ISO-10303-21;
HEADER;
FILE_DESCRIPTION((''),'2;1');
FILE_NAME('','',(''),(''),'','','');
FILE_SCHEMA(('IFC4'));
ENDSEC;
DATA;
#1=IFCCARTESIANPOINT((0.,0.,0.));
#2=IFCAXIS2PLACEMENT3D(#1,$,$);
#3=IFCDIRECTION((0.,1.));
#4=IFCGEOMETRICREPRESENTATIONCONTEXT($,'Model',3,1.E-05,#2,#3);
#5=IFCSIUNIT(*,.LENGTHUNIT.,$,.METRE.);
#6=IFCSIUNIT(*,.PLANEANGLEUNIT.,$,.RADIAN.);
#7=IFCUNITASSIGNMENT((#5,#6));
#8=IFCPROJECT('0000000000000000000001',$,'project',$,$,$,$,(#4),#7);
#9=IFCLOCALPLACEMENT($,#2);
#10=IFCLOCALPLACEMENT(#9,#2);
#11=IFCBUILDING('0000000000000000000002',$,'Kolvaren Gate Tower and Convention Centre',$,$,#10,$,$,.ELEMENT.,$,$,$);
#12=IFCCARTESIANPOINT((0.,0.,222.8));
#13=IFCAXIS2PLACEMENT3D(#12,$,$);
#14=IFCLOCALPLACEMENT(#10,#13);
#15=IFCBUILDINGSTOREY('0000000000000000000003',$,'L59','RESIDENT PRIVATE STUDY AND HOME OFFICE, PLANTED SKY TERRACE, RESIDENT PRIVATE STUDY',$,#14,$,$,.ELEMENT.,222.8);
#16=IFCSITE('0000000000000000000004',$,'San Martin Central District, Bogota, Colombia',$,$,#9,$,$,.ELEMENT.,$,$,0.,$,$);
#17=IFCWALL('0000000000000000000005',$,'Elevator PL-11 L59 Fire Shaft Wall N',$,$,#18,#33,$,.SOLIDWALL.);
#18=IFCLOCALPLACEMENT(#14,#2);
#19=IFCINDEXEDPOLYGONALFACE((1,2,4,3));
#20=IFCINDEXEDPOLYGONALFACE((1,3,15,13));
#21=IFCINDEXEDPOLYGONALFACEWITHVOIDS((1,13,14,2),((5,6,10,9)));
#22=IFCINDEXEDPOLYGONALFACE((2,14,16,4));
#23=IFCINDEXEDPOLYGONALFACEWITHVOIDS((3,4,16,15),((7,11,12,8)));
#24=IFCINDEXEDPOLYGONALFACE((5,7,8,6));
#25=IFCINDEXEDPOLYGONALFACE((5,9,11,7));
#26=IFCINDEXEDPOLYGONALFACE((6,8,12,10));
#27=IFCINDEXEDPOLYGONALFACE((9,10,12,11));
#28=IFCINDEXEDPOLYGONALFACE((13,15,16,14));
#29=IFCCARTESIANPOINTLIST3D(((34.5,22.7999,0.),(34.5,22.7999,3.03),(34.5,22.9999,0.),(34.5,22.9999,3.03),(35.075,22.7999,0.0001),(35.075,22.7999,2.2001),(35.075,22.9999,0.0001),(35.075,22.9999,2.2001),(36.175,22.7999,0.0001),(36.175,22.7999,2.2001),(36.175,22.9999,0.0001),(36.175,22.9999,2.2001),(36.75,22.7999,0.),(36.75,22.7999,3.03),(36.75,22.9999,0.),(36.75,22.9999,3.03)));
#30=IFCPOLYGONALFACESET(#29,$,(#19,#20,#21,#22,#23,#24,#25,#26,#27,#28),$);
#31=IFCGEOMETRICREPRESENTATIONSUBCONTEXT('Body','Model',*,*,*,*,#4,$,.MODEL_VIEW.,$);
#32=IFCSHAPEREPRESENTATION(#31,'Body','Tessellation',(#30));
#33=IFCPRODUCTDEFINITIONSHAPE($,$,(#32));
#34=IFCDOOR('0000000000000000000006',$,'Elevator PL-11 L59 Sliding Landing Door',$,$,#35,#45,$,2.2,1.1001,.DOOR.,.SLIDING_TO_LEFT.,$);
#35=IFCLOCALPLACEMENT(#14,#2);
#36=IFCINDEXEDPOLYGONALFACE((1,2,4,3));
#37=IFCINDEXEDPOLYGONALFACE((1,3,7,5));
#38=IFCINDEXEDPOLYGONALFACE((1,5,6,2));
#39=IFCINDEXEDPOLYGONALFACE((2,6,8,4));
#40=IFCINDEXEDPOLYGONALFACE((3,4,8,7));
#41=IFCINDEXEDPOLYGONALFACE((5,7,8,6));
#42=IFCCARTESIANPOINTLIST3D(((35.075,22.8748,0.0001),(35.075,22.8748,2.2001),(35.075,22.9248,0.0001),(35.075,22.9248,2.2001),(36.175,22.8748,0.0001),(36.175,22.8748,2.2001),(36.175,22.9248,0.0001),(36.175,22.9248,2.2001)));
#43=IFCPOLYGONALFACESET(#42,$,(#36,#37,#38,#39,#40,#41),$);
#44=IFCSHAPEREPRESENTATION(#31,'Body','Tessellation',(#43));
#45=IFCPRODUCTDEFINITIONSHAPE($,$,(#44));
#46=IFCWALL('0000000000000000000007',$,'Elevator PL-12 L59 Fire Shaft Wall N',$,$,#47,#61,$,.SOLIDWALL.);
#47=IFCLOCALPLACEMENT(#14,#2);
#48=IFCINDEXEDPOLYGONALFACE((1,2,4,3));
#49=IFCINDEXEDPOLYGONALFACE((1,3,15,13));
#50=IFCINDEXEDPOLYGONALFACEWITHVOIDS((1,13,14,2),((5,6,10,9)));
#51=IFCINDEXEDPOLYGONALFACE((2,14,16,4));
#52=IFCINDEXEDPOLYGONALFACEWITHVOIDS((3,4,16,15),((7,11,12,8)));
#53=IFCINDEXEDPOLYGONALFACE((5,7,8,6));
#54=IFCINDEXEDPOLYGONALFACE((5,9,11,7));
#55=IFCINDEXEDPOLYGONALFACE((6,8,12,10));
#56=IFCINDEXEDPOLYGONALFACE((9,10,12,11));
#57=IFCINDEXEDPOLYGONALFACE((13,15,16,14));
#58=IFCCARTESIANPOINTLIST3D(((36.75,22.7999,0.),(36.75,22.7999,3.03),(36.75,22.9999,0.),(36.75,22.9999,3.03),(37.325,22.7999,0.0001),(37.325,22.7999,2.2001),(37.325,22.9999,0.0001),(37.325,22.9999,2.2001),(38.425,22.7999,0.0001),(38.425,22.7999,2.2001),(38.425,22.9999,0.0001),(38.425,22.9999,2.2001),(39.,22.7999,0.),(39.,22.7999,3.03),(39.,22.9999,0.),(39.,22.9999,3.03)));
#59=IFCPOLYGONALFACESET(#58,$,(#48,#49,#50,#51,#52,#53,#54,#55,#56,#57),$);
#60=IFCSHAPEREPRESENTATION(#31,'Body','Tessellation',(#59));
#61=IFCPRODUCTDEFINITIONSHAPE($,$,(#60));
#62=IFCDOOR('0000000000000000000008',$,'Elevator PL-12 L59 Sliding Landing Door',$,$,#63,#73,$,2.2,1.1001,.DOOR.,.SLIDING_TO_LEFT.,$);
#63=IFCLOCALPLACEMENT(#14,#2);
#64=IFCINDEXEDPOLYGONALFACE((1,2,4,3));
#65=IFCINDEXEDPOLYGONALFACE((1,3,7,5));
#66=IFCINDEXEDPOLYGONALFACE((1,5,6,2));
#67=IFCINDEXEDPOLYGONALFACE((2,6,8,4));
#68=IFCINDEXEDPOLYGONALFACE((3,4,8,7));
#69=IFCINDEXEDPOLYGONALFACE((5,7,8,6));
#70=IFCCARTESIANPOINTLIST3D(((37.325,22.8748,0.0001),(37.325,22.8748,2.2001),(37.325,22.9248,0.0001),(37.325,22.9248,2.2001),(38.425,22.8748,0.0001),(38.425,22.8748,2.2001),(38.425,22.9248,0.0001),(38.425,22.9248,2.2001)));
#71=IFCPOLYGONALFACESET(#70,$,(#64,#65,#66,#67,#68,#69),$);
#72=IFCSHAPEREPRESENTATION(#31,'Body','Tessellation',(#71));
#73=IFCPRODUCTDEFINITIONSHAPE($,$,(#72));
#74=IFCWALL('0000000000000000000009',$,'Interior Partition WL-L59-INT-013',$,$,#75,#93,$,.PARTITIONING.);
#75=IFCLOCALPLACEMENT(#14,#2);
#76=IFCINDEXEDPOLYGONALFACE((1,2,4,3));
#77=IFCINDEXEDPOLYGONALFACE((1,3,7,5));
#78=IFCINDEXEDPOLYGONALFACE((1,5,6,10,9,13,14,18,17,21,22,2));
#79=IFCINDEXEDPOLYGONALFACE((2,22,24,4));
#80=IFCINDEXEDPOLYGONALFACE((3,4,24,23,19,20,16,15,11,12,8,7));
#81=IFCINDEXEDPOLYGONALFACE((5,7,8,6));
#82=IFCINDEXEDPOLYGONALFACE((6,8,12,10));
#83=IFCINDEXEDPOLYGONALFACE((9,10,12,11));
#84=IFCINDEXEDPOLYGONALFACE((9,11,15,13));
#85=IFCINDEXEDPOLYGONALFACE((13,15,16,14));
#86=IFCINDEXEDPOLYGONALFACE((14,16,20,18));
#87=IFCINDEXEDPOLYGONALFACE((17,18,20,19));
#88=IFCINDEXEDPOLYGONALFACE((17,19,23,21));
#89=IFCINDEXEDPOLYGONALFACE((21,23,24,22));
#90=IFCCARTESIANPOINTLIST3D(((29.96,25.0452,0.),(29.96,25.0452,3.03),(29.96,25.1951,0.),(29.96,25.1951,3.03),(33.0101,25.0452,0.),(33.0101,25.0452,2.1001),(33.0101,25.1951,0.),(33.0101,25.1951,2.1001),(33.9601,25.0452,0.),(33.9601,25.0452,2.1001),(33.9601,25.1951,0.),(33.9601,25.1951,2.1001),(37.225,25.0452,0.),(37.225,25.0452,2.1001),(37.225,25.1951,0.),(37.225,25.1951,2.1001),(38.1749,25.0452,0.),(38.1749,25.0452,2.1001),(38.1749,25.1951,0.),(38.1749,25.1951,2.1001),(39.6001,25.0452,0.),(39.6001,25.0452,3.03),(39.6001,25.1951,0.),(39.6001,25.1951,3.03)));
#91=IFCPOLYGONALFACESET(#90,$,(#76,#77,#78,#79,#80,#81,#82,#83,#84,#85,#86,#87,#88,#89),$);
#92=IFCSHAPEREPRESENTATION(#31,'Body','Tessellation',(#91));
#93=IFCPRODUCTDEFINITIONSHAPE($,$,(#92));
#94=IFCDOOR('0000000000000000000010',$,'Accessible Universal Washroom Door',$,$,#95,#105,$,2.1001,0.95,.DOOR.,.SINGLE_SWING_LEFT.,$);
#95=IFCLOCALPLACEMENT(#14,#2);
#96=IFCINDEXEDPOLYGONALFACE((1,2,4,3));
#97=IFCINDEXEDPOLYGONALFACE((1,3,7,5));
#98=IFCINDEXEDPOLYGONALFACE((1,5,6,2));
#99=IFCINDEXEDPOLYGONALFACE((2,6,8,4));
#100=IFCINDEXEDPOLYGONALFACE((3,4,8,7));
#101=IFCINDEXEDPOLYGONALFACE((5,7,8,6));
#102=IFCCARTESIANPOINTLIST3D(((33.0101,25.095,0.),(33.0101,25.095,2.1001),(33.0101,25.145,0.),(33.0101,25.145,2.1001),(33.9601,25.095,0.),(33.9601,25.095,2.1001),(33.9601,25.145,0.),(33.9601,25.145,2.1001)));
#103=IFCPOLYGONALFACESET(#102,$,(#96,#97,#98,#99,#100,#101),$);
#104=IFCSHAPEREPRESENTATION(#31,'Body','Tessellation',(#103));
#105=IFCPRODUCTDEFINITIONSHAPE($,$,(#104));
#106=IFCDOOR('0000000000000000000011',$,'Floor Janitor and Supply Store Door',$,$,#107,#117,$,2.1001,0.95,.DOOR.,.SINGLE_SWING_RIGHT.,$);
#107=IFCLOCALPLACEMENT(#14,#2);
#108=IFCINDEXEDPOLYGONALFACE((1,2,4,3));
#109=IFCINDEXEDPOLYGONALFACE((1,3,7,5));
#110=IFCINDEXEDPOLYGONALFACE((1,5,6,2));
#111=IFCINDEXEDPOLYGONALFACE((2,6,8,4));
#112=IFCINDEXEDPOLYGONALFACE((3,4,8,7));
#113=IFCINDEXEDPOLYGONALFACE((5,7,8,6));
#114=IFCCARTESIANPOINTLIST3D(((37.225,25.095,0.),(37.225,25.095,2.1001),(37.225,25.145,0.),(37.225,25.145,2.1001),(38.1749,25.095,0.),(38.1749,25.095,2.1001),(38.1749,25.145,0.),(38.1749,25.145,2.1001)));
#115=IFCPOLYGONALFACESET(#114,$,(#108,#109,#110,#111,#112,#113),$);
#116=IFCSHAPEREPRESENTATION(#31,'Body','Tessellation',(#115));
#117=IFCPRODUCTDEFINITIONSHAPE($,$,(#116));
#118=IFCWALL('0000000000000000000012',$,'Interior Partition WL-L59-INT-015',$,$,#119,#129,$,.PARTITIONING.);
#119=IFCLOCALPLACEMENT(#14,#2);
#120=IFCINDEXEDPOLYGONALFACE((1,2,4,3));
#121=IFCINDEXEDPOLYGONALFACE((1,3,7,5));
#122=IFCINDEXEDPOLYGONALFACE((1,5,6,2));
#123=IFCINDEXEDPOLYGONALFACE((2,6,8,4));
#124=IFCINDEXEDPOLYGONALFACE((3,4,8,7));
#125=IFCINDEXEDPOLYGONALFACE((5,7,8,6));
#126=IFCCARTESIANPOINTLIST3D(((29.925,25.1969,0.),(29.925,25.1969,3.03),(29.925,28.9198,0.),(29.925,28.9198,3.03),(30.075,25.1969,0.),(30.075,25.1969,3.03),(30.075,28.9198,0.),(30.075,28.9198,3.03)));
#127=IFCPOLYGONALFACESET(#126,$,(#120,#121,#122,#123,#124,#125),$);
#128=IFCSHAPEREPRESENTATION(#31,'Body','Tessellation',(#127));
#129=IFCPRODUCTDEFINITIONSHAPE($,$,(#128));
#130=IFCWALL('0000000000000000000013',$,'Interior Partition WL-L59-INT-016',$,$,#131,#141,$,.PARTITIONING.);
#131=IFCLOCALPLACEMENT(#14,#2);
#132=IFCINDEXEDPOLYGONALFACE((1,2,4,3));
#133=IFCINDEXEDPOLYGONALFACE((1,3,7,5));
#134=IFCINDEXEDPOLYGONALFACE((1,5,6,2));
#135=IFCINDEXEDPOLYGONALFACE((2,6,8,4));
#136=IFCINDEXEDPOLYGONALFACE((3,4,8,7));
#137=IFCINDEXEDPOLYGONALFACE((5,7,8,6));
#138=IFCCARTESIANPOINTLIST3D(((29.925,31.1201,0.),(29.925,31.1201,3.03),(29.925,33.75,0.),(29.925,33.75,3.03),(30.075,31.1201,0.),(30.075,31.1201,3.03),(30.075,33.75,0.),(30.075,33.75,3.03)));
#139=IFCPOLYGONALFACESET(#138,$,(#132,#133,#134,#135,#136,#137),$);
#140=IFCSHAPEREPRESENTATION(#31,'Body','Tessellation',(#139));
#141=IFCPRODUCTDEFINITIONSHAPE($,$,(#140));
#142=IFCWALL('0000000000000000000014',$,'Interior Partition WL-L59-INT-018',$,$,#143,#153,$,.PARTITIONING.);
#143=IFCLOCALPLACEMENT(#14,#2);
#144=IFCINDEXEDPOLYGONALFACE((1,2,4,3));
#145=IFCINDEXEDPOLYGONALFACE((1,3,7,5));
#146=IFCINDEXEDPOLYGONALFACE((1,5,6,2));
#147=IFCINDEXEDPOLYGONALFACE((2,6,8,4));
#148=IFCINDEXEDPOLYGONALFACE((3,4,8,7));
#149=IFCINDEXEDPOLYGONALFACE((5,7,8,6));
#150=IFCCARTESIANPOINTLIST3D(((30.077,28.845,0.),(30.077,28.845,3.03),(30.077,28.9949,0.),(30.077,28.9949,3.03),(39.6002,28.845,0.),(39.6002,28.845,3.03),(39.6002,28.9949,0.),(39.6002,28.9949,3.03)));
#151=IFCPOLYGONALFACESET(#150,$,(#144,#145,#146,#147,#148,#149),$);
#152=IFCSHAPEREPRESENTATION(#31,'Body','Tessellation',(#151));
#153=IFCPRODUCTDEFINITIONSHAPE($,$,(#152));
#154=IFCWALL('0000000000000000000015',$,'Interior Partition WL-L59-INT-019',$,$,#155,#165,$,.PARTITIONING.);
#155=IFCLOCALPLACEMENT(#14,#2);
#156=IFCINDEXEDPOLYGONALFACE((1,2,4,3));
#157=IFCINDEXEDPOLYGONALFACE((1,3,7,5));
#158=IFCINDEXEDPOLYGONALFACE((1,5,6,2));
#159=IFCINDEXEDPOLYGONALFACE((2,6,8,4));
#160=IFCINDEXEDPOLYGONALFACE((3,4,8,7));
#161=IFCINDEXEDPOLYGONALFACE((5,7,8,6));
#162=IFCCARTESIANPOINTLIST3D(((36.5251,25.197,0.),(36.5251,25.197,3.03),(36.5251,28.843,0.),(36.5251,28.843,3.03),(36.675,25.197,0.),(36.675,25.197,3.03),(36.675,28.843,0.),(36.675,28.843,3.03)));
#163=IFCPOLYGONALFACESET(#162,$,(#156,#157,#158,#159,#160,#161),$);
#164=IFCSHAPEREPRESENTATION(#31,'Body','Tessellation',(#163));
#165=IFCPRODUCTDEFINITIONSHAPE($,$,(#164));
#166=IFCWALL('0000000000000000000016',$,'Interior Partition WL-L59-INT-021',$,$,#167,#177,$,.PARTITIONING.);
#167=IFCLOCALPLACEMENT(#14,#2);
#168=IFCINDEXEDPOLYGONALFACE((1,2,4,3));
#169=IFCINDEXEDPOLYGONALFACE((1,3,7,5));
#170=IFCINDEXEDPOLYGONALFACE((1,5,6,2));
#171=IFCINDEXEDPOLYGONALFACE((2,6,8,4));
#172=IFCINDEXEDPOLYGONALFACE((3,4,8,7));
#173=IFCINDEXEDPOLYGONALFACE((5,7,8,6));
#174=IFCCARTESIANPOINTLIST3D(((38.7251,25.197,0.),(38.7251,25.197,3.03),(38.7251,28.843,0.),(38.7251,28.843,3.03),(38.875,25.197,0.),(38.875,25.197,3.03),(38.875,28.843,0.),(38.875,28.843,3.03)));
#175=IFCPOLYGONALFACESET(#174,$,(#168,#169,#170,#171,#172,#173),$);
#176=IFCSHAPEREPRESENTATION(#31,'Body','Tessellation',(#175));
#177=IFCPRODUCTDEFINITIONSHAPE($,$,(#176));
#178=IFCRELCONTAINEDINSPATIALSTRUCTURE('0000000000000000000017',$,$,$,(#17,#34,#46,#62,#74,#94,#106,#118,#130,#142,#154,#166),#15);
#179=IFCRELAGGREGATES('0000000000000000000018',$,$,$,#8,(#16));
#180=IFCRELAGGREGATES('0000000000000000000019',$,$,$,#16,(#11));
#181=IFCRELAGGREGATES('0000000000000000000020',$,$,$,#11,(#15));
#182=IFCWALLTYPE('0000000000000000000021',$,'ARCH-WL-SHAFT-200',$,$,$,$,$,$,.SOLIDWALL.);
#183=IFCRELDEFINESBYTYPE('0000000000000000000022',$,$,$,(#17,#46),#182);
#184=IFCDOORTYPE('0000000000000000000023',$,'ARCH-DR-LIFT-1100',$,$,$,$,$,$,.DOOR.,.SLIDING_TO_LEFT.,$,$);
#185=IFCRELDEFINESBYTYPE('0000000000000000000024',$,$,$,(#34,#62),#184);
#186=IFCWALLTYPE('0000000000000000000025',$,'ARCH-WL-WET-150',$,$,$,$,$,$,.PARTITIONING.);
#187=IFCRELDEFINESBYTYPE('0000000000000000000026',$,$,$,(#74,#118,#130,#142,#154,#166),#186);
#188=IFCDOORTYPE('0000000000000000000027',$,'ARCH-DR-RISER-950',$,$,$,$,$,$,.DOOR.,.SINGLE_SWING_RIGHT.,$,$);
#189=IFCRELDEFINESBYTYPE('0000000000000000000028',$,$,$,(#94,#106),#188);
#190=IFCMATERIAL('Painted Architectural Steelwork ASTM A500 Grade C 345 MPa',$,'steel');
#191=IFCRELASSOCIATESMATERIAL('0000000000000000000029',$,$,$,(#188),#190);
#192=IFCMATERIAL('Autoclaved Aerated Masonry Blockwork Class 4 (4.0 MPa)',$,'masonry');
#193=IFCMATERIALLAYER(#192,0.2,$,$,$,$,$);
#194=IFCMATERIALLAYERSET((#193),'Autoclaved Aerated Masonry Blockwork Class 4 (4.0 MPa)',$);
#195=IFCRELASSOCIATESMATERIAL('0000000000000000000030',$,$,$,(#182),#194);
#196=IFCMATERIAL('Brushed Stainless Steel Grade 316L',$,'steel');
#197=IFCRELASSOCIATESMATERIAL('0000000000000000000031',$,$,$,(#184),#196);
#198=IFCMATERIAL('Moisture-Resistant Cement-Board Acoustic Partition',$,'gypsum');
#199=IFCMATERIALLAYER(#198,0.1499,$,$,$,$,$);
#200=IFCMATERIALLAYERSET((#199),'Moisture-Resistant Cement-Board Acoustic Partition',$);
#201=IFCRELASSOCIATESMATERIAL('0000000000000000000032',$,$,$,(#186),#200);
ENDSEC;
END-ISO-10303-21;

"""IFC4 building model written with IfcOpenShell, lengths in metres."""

from ifc_helpers import new_model, si_unit, direction, frame, frame_2d, origin, place, context, subcontext, project, spatial, rectangle, extrude, material, layer, layer_set, type_object, element, fill, save


model = new_model("IFC4")

# Units and contexts
model_context = context("Model", 3, precision=1e-05, world=origin(), true_north=direction((0.0, 1.0)))
body_context = subcontext(model_context, "Body", "Model", "MODEL_VIEW")
ifc_project = project(units=[si_unit("LENGTHUNIT", "METRE"), si_unit("PLANEANGLEUNIT", "RADIAN")], contexts=[model_context])

# Site, building, storey
site_placement = place(None, origin())
site = spatial("IfcSite", under=ifc_project, at=site_placement, Name="San Martin Central District, Bogota, Colombia", CompositionType="ELEMENT", RefElevation=0.0)
building_placement = place(site_placement, origin())
building = spatial("IfcBuilding", under=site, at=building_placement, Name="Kolvaren Gate Tower and Convention Centre", CompositionType="ELEMENT")
storey_placement = place(building_placement, frame((0.0, 0.0, 222.8)))
storey = spatial("IfcBuildingStorey", under=building, at=storey_placement, Name="L59", Description="RESIDENT PRIVATE STUDY AND HOME OFFICE, PLANTED SKY TERRACE, RESIDENT PRIVATE STUDY", CompositionType="ELEMENT", Elevation=222.8)

# Shared definitions
ifc_material_1 = material(Name="Autoclaved Aerated Masonry Blockwork Class 4 (4.0 MPa)", Category="masonry")

# Shared definitions
ifc_material_2 = material(Name="Painted Architectural Steelwork ASTM A500 Grade C 345 MPa", Category="steel")
door_type_1 = type_object("IfcDoorType", Name="ARCH-DR-RISER-950", OperationType="SINGLE_SWING_RIGHT", PredefinedType="DOOR", material=ifc_material_2)

# Walls, openings, doors
ifc_layer_1 = layer(ifc_material_1, 0.2)
ifc_layer_set_1 = layer_set([ifc_layer_1], Name="Autoclaved Aerated Masonry Blockwork Class 4 (4.0 MPa)")
wall_type_1 = type_object("IfcWallType", Name="ARCH-WL-SHAFT-200", PredefinedType="SOLIDWALL", material=ifc_layer_set_1)
ifc_material_3 = material(Name="Brushed Stainless Steel Grade 316L", Category="steel")
door_type_2 = type_object("IfcDoorType", Name="ARCH-DR-LIFT-1100", OperationType="SLIDING_TO_LEFT", PredefinedType="DOOR", material=ifc_material_3)
wall_1_placement = place(storey_placement, frame((34.5, 22.8999, 0.0), z_axis=(0.0, 0.0, 1.0), x_axis=(1.0, 0.0, 0.0)))
wall_1 = element("IfcWall", 1, at=wall_1_placement, inside=storey, type_object=wall_type_1, Name="Elevator PL-11 L59 Fire Shaft Wall N", PredefinedType="SOLIDWALL", context=body_context, shape_type="SweptSolid", body=[
    extrude(rectangle(XDim=2.25, YDim=0.2, at=frame_2d((1.125, 0.0))), origin(), (0.0, 0.0, 1.0), 3.03),
])
opening_1_placement = place(wall_1_placement, frame((0.575, 0.0, 0.0)))
opening_1 = element("IfcOpeningElement", 2, at=opening_1_placement, cuts=wall_1, PredefinedType="OPENING", context=body_context, shape_type="SweptSolid", body=[
    extrude(rectangle(XDim=1.1001, YDim=2.2, at=frame_2d((0.55, 1.1001))), frame((0.0, 0.1099, 0.0), z_axis=(0.0, -1.0, 0.0), x_axis=(1.0, 0.0, 0.0)), (0.0, 0.0, 1.0), 0.22),
])
door_1_placement = place(opening_1_placement, origin())
door_1 = element("IfcDoor", 3, at=door_1_placement, inside=storey, type_object=door_type_2, Name="Elevator PL-11 L59 Sliding Landing Door", OperationType="SLIDING_TO_LEFT", OverallHeight=2.2, OverallWidth=1.1001, PredefinedType="DOOR", context=body_context, shape_type="SweptSolid", body=[
    extrude(rectangle(XDim=1.1001, YDim=2.2, at=frame_2d((0.55, 1.1001))), frame((0.0, 0.0249, 0.0), z_axis=(0.0, -1.0, 0.0), x_axis=(1.0, 0.0, 0.0)), (0.0, 0.0, 1.0), 0.05),
])
fill(opening_1, door_1)
wall_2_placement = place(storey_placement, frame((36.75, 22.8999, 0.0), z_axis=(0.0, 0.0, 1.0), x_axis=(1.0, 0.0, 0.0)))
wall_2 = element("IfcWall", 4, at=wall_2_placement, inside=storey, type_object=wall_type_1, Name="Elevator PL-12 L59 Fire Shaft Wall N", PredefinedType="SOLIDWALL", context=body_context, shape_type="SweptSolid", body=[
    extrude(rectangle(XDim=2.25, YDim=0.2, at=frame_2d((1.125, 0.0))), origin(), (0.0, 0.0, 1.0), 3.03),
])
opening_2_placement = place(wall_2_placement, frame((0.575, 0.0, 0.0)))
opening_2 = element("IfcOpeningElement", 5, at=opening_2_placement, cuts=wall_2, PredefinedType="OPENING", context=body_context, shape_type="SweptSolid", body=[
    extrude(rectangle(XDim=1.1001, YDim=2.2, at=frame_2d((0.55, 1.1001))), frame((0.0, 0.1099, 0.0), z_axis=(0.0, -1.0, 0.0), x_axis=(1.0, 0.0, 0.0)), (0.0, 0.0, 1.0), 0.22),
])
door_2_placement = place(opening_2_placement, origin())
door_2 = element("IfcDoor", 6, at=door_2_placement, inside=storey, type_object=door_type_2, Name="Elevator PL-12 L59 Sliding Landing Door", OperationType="SLIDING_TO_LEFT", OverallHeight=2.2, OverallWidth=1.1001, PredefinedType="DOOR", context=body_context, shape_type="SweptSolid", body=[
    extrude(rectangle(XDim=1.1001, YDim=2.2, at=frame_2d((0.55, 1.1001))), frame((0.0, 0.0249, 0.0), z_axis=(0.0, -1.0, 0.0), x_axis=(1.0, 0.0, 0.0)), (0.0, 0.0, 1.0), 0.05),
])
fill(opening_2, door_2)

# Wall, openings, doors
ifc_material_4 = material(Name="Moisture-Resistant Cement-Board Acoustic Partition", Category="gypsum")
ifc_layer_2 = layer(ifc_material_4, 0.1499)
ifc_layer_set_2 = layer_set([ifc_layer_2], Name="Moisture-Resistant Cement-Board Acoustic Partition")
wall_type_2 = type_object("IfcWallType", Name="ARCH-WL-WET-150", PredefinedType="PARTITIONING", material=ifc_layer_set_2)
wall_3_placement = place(storey_placement, frame((29.96, 25.1201, 0.0), z_axis=(0.0, 0.0, 1.0), x_axis=(1.0, 0.0, 0.0)))
wall_3 = element("IfcWall", 7, at=wall_3_placement, inside=storey, type_object=wall_type_2, Name="Interior Partition WL-L59-INT-013", PredefinedType="PARTITIONING", context=body_context, shape_type="SweptSolid", body=[
    extrude(rectangle(XDim=9.6401, YDim=0.1499, at=frame_2d((4.8201, 0.0))), origin(), (0.0, 0.0, 1.0), 3.03),
])
opening_3_placement = place(wall_3_placement, frame((3.05, 0.0, 0.0)))
opening_3 = element("IfcOpeningElement", 8, at=opening_3_placement, cuts=wall_3, PredefinedType="OPENING", context=body_context, shape_type="SweptSolid", body=[
    extrude(rectangle(XDim=0.95, YDim=2.1001, at=frame_2d((0.4751, 1.05))), frame((0.0, 0.085, 0.0), z_axis=(0.0, -1.0, 0.0), x_axis=(1.0, 0.0, 0.0)), (0.0, 0.0, 1.0), 0.1699),
])
opening_4_placement = place(wall_3_placement, frame((7.2649, 0.0, 0.0)))
opening_4 = element("IfcOpeningElement", 9, at=opening_4_placement, cuts=wall_3, PredefinedType="OPENING", context=body_context, shape_type="SweptSolid", body=[
    extrude(rectangle(XDim=0.95, YDim=2.1001, at=frame_2d((0.4751, 1.05))), frame((0.0, 0.085, 0.0), z_axis=(0.0, -1.0, 0.0), x_axis=(1.0, 0.0, 0.0)), (0.0, 0.0, 1.0), 0.1699),
])
door_3_placement = place(opening_3_placement, origin())
door_3 = element("IfcDoor", 10, at=door_3_placement, inside=storey, type_object=door_type_1, Name="Accessible Universal Washroom Door", OperationType="SINGLE_SWING_LEFT", OverallHeight=2.1001, OverallWidth=0.95, PredefinedType="DOOR", context=body_context, shape_type="SweptSolid", body=[
    extrude(rectangle(XDim=0.95, YDim=2.1001, at=frame_2d((0.4751, 1.05))), frame((0.0, 0.0249, 0.0), z_axis=(0.0, -1.0, 0.0), x_axis=(1.0, 0.0, 0.0)), (0.0, 0.0, 1.0), 0.05),
])
fill(opening_3, door_3)
door_4_placement = place(opening_4_placement, origin())
door_4 = element("IfcDoor", 11, at=door_4_placement, inside=storey, type_object=door_type_1, Name="Floor Janitor and Supply Store Door", OperationType="SINGLE_SWING_RIGHT", OverallHeight=2.1001, OverallWidth=0.95, PredefinedType="DOOR", context=body_context, shape_type="SweptSolid", body=[
    extrude(rectangle(XDim=0.95, YDim=2.1001, at=frame_2d((0.4751, 1.05))), frame((0.0, 0.0249, 0.0), z_axis=(0.0, -1.0, 0.0), x_axis=(1.0, 0.0, 0.0)), (0.0, 0.0, 1.0), 0.05),
])
fill(opening_4, door_4)

# Walls
wall_4_placement = place(storey_placement, frame((30.0, 25.197, 0.0), z_axis=(0.0, 0.0, 1.0), x_axis=(0.0, 1.0, 0.0)))
element("IfcWall", 12, at=wall_4_placement, inside=storey, type_object=wall_type_2, Name="Interior Partition WL-L59-INT-015", PredefinedType="PARTITIONING", context=body_context, shape_type="SweptSolid", body=[
    extrude(rectangle(XDim=3.7229, YDim=0.1499, at=frame_2d((1.8613, 0.0))), origin(), (0.0, 0.0, 1.0), 3.03),
])
wall_5_placement = place(storey_placement, frame((30.0, 31.1201, 0.0), z_axis=(0.0, 0.0, 1.0), x_axis=(0.0, 1.0, 0.0)))
element("IfcWall", 13, at=wall_5_placement, inside=storey, type_object=wall_type_2, Name="Interior Partition WL-L59-INT-016", PredefinedType="PARTITIONING", context=body_context, shape_type="SweptSolid", body=[
    extrude(rectangle(XDim=2.6299, YDim=0.1499, at=frame_2d((1.3149, 0.0))), origin(), (0.0, 0.0, 1.0), 3.03),
])
wall_6_placement = place(storey_placement, frame((30.0769, 28.9199, 0.0), z_axis=(0.0, 0.0, 1.0), x_axis=(1.0, 0.0, 0.0)))
element("IfcWall", 14, at=wall_6_placement, inside=storey, type_object=wall_type_2, Name="Interior Partition WL-L59-INT-018", PredefinedType="PARTITIONING", context=body_context, shape_type="SweptSolid", body=[
    extrude(rectangle(XDim=9.5232, YDim=0.1499, at=frame_2d((4.7617, 0.0))), origin(), (0.0, 0.0, 1.0), 3.03),
])
for number, where, z_axis, x_axis, name in (
    (15, (36.6001, 25.197, 0.0), (0.0, 0.0, 1.0), (0.0, 1.0, 0.0), "Interior Partition WL-L59-INT-019"),
    (16, (38.8, 25.197, 0.0), (0.0, 0.0, 1.0), (0.0, 1.0, 0.0), "Interior Partition WL-L59-INT-021"),
):
    element("IfcWall", number, at=place(storey_placement, frame(where, z_axis=z_axis, x_axis=x_axis)), inside=storey, type_object=wall_type_2, Name=name, PredefinedType="PARTITIONING", context=body_context, shape_type="SweptSolid", body=[
        extrude(rectangle(XDim=3.646, YDim=0.1499, at=frame_2d((1.823, 0.0))), origin(), (0.0, 0.0, 1.0), 3.03),
    ])

save(model, "model.ifc")
